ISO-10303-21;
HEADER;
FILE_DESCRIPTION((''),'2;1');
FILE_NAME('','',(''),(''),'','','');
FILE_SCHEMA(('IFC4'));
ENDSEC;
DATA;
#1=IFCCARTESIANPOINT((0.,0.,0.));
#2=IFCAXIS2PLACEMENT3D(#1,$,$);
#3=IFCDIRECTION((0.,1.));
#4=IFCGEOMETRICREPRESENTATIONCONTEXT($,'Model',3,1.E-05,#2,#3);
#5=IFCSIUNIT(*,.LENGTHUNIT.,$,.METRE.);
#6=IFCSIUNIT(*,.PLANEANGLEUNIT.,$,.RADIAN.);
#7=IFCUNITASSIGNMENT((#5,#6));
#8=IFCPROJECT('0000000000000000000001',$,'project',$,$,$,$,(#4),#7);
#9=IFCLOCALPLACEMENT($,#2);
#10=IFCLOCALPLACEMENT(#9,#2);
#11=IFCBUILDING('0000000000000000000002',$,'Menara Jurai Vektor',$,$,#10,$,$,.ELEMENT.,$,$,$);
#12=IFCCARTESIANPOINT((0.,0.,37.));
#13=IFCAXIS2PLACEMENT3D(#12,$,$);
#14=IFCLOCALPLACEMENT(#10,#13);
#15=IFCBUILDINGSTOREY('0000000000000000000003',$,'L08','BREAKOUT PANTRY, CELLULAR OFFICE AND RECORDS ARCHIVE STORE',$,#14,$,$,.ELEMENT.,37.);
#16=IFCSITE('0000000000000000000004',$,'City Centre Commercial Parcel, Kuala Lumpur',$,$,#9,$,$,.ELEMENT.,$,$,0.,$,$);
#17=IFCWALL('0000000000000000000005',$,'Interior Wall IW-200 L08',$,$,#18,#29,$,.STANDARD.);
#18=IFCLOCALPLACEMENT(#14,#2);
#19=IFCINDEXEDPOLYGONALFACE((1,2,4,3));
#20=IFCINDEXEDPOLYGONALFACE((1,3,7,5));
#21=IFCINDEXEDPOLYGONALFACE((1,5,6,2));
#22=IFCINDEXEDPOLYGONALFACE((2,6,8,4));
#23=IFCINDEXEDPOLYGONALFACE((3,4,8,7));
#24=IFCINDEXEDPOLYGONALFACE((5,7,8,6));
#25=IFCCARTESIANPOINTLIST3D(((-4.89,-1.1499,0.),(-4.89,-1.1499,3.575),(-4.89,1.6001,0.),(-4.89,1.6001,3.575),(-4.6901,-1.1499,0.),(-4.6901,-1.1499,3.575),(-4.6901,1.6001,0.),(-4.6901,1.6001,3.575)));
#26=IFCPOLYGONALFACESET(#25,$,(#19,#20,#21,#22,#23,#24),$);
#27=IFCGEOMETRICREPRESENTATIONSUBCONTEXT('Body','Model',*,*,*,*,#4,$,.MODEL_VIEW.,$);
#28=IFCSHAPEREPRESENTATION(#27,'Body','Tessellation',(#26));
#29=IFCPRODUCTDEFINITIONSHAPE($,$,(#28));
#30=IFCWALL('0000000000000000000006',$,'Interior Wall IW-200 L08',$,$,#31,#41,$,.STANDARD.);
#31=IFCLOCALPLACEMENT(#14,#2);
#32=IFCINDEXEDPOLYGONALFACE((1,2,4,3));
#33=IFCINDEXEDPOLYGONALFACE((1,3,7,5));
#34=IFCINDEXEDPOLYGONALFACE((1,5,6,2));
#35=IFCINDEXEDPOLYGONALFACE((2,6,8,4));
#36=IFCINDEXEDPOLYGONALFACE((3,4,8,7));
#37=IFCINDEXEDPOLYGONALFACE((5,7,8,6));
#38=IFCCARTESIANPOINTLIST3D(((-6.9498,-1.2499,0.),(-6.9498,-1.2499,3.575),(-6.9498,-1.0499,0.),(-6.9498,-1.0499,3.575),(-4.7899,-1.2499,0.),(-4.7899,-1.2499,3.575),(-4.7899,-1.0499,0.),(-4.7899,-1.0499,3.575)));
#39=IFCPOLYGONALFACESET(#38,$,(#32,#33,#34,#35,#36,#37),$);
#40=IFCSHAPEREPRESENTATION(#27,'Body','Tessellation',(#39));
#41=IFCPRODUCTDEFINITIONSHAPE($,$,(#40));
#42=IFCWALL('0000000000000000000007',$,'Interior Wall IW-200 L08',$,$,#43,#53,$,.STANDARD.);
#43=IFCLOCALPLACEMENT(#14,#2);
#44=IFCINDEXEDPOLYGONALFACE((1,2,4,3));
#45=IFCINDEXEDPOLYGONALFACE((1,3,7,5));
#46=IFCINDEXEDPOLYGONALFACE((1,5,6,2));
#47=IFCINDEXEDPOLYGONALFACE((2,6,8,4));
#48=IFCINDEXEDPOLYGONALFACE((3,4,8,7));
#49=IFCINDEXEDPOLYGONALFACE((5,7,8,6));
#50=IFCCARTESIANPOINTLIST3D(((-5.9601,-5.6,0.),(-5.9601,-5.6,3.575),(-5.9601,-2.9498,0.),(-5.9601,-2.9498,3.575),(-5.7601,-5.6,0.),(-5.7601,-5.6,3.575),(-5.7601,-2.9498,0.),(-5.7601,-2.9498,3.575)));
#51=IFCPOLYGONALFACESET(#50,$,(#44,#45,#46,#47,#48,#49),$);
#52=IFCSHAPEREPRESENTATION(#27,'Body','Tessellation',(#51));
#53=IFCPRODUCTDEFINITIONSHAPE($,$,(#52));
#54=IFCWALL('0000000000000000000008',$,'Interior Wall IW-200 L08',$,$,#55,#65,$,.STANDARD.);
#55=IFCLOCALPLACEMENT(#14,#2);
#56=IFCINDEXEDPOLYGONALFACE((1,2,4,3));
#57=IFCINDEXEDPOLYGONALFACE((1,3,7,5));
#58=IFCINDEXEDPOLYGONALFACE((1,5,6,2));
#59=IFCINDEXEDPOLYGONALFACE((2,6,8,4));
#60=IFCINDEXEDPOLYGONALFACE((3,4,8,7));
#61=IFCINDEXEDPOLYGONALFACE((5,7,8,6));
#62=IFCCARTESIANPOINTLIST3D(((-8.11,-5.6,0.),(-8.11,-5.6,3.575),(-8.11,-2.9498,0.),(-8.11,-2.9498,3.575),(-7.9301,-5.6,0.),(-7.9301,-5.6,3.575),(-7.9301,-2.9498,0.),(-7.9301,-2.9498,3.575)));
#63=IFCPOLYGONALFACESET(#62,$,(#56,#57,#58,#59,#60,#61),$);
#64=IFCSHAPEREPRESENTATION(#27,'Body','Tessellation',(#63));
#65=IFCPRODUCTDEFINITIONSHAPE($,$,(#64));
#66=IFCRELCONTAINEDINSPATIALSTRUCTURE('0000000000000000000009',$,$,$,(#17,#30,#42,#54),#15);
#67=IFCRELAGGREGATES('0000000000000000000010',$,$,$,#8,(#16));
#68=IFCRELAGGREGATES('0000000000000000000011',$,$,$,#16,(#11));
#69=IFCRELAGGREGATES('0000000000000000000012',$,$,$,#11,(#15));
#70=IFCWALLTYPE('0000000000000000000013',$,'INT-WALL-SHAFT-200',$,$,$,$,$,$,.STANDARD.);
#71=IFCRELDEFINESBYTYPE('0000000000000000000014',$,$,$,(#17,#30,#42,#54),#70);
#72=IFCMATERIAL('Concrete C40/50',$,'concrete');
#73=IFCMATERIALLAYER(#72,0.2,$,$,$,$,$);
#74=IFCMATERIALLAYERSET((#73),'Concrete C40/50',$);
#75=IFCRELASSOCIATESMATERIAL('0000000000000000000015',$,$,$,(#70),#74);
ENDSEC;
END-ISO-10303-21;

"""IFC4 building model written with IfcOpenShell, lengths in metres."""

from ifc_helpers import new_model, si_unit, direction, frame, frame_2d, origin, place, context, subcontext, project, spatial, rectangle, extrude, material, layer, layer_set, type_object, element, save


model = new_model("IFC4")

# Units and contexts
model_context = context("Model", 3, precision=1e-05, world=origin(), true_north=direction((0.0, 1.0)))
body_context = subcontext(model_context, "Body", "Model", "MODEL_VIEW")
ifc_project = project(units=[si_unit("LENGTHUNIT", "METRE"), si_unit("PLANEANGLEUNIT", "RADIAN")], contexts=[model_context])

# Site, building, storey
site_placement = place(None, origin())
site = spatial("IfcSite", under=ifc_project, at=site_placement, Name="City Centre Commercial Parcel, Kuala Lumpur", CompositionType="ELEMENT", RefElevation=0.0)
building_placement = place(site_placement, origin())
building = spatial("IfcBuilding", under=site, at=building_placement, Name="Menara Jurai Vektor", CompositionType="ELEMENT")
storey_placement = place(building_placement, frame((0.0, 0.0, 37.0)))
storey = spatial("IfcBuildingStorey", under=building, at=storey_placement, Name="L08", Description="BREAKOUT PANTRY, CELLULAR OFFICE AND RECORDS ARCHIVE STORE", CompositionType="ELEMENT", Elevation=37.0)

# Shared definitions
ifc_material_1 = material(Name="Concrete C40/50", Category="concrete")
ifc_layer_1 = layer(ifc_material_1, 0.2)
ifc_layer_set_1 = layer_set([ifc_layer_1], Name="Concrete C40/50")
wall_type_1 = type_object("IfcWallType", Name="INT-WALL-SHAFT-200", PredefinedType="STANDARD", material=ifc_layer_set_1)

# Walls
for number, where, z_axis, x_axis, name in (
    (1, (-4.79, -1.1499, 0.0), (0.0, 0.0, 1.0), (0.0, 1.0, 0.0), "Interior Wall IW-200 L08"),
):
    element("IfcWall", number, at=place(storey_placement, frame(where, z_axis=z_axis, x_axis=x_axis)), inside=storey, type_object=wall_type_1, Name=name, PredefinedType="STANDARD", context=body_context, shape_type="SweptSolid", body=[
        extrude(rectangle(XDim=2.75, YDim=0.2, at=frame_2d((1.375, 0.0))), origin(), (0.0, 0.0, 1.0), 3.575),
    ])
wall_1_placement = place(storey_placement, frame((-6.95, -1.1499, 0.0), z_axis=(0.0, 0.0, 1.0), x_axis=(1.0, 0.0, 0.0)))
element("IfcWall", 2, at=wall_1_placement, inside=storey, type_object=wall_type_1, Name="Interior Wall IW-200 L08", PredefinedType="STANDARD", context=body_context, shape_type="SweptSolid", body=[
    extrude(rectangle(XDim=2.1599, YDim=0.2, at=frame_2d((1.0801, 0.0))), origin(), (0.0, 0.0, 1.0), 3.575),
])
wall_2_placement = place(storey_placement, frame((-5.8601, -5.6001, 0.0), z_axis=(0.0, 0.0, 1.0), x_axis=(0.0, 1.0, 0.0)))
element("IfcWall", 3, at=wall_2_placement, inside=storey, type_object=wall_type_1, Name="Interior Wall IW-200 L08", PredefinedType="STANDARD", context=body_context, shape_type="SweptSolid", body=[
    extrude(rectangle(XDim=2.6501, YDim=0.2, at=frame_2d((1.3252, 0.0))), origin(), (0.0, 0.0, 1.0), 3.575),
])
wall_3_placement = place(storey_placement, frame((-8.02, -5.6001, 0.0), z_axis=(0.0, 0.0, 1.0), x_axis=(0.0, 1.0, 0.0)))
element("IfcWall", 4, at=wall_3_placement, inside=storey, type_object=wall_type_1, Name="Interior Wall IW-200 L08", PredefinedType="STANDARD", context=body_context, shape_type="SweptSolid", body=[
    extrude(rectangle(XDim=2.6501, YDim=0.1799, at=frame_2d((1.3252, 0.0))), origin(), (0.0, 0.0, 1.0), 3.575),
])

save(model, "model.ifc")
